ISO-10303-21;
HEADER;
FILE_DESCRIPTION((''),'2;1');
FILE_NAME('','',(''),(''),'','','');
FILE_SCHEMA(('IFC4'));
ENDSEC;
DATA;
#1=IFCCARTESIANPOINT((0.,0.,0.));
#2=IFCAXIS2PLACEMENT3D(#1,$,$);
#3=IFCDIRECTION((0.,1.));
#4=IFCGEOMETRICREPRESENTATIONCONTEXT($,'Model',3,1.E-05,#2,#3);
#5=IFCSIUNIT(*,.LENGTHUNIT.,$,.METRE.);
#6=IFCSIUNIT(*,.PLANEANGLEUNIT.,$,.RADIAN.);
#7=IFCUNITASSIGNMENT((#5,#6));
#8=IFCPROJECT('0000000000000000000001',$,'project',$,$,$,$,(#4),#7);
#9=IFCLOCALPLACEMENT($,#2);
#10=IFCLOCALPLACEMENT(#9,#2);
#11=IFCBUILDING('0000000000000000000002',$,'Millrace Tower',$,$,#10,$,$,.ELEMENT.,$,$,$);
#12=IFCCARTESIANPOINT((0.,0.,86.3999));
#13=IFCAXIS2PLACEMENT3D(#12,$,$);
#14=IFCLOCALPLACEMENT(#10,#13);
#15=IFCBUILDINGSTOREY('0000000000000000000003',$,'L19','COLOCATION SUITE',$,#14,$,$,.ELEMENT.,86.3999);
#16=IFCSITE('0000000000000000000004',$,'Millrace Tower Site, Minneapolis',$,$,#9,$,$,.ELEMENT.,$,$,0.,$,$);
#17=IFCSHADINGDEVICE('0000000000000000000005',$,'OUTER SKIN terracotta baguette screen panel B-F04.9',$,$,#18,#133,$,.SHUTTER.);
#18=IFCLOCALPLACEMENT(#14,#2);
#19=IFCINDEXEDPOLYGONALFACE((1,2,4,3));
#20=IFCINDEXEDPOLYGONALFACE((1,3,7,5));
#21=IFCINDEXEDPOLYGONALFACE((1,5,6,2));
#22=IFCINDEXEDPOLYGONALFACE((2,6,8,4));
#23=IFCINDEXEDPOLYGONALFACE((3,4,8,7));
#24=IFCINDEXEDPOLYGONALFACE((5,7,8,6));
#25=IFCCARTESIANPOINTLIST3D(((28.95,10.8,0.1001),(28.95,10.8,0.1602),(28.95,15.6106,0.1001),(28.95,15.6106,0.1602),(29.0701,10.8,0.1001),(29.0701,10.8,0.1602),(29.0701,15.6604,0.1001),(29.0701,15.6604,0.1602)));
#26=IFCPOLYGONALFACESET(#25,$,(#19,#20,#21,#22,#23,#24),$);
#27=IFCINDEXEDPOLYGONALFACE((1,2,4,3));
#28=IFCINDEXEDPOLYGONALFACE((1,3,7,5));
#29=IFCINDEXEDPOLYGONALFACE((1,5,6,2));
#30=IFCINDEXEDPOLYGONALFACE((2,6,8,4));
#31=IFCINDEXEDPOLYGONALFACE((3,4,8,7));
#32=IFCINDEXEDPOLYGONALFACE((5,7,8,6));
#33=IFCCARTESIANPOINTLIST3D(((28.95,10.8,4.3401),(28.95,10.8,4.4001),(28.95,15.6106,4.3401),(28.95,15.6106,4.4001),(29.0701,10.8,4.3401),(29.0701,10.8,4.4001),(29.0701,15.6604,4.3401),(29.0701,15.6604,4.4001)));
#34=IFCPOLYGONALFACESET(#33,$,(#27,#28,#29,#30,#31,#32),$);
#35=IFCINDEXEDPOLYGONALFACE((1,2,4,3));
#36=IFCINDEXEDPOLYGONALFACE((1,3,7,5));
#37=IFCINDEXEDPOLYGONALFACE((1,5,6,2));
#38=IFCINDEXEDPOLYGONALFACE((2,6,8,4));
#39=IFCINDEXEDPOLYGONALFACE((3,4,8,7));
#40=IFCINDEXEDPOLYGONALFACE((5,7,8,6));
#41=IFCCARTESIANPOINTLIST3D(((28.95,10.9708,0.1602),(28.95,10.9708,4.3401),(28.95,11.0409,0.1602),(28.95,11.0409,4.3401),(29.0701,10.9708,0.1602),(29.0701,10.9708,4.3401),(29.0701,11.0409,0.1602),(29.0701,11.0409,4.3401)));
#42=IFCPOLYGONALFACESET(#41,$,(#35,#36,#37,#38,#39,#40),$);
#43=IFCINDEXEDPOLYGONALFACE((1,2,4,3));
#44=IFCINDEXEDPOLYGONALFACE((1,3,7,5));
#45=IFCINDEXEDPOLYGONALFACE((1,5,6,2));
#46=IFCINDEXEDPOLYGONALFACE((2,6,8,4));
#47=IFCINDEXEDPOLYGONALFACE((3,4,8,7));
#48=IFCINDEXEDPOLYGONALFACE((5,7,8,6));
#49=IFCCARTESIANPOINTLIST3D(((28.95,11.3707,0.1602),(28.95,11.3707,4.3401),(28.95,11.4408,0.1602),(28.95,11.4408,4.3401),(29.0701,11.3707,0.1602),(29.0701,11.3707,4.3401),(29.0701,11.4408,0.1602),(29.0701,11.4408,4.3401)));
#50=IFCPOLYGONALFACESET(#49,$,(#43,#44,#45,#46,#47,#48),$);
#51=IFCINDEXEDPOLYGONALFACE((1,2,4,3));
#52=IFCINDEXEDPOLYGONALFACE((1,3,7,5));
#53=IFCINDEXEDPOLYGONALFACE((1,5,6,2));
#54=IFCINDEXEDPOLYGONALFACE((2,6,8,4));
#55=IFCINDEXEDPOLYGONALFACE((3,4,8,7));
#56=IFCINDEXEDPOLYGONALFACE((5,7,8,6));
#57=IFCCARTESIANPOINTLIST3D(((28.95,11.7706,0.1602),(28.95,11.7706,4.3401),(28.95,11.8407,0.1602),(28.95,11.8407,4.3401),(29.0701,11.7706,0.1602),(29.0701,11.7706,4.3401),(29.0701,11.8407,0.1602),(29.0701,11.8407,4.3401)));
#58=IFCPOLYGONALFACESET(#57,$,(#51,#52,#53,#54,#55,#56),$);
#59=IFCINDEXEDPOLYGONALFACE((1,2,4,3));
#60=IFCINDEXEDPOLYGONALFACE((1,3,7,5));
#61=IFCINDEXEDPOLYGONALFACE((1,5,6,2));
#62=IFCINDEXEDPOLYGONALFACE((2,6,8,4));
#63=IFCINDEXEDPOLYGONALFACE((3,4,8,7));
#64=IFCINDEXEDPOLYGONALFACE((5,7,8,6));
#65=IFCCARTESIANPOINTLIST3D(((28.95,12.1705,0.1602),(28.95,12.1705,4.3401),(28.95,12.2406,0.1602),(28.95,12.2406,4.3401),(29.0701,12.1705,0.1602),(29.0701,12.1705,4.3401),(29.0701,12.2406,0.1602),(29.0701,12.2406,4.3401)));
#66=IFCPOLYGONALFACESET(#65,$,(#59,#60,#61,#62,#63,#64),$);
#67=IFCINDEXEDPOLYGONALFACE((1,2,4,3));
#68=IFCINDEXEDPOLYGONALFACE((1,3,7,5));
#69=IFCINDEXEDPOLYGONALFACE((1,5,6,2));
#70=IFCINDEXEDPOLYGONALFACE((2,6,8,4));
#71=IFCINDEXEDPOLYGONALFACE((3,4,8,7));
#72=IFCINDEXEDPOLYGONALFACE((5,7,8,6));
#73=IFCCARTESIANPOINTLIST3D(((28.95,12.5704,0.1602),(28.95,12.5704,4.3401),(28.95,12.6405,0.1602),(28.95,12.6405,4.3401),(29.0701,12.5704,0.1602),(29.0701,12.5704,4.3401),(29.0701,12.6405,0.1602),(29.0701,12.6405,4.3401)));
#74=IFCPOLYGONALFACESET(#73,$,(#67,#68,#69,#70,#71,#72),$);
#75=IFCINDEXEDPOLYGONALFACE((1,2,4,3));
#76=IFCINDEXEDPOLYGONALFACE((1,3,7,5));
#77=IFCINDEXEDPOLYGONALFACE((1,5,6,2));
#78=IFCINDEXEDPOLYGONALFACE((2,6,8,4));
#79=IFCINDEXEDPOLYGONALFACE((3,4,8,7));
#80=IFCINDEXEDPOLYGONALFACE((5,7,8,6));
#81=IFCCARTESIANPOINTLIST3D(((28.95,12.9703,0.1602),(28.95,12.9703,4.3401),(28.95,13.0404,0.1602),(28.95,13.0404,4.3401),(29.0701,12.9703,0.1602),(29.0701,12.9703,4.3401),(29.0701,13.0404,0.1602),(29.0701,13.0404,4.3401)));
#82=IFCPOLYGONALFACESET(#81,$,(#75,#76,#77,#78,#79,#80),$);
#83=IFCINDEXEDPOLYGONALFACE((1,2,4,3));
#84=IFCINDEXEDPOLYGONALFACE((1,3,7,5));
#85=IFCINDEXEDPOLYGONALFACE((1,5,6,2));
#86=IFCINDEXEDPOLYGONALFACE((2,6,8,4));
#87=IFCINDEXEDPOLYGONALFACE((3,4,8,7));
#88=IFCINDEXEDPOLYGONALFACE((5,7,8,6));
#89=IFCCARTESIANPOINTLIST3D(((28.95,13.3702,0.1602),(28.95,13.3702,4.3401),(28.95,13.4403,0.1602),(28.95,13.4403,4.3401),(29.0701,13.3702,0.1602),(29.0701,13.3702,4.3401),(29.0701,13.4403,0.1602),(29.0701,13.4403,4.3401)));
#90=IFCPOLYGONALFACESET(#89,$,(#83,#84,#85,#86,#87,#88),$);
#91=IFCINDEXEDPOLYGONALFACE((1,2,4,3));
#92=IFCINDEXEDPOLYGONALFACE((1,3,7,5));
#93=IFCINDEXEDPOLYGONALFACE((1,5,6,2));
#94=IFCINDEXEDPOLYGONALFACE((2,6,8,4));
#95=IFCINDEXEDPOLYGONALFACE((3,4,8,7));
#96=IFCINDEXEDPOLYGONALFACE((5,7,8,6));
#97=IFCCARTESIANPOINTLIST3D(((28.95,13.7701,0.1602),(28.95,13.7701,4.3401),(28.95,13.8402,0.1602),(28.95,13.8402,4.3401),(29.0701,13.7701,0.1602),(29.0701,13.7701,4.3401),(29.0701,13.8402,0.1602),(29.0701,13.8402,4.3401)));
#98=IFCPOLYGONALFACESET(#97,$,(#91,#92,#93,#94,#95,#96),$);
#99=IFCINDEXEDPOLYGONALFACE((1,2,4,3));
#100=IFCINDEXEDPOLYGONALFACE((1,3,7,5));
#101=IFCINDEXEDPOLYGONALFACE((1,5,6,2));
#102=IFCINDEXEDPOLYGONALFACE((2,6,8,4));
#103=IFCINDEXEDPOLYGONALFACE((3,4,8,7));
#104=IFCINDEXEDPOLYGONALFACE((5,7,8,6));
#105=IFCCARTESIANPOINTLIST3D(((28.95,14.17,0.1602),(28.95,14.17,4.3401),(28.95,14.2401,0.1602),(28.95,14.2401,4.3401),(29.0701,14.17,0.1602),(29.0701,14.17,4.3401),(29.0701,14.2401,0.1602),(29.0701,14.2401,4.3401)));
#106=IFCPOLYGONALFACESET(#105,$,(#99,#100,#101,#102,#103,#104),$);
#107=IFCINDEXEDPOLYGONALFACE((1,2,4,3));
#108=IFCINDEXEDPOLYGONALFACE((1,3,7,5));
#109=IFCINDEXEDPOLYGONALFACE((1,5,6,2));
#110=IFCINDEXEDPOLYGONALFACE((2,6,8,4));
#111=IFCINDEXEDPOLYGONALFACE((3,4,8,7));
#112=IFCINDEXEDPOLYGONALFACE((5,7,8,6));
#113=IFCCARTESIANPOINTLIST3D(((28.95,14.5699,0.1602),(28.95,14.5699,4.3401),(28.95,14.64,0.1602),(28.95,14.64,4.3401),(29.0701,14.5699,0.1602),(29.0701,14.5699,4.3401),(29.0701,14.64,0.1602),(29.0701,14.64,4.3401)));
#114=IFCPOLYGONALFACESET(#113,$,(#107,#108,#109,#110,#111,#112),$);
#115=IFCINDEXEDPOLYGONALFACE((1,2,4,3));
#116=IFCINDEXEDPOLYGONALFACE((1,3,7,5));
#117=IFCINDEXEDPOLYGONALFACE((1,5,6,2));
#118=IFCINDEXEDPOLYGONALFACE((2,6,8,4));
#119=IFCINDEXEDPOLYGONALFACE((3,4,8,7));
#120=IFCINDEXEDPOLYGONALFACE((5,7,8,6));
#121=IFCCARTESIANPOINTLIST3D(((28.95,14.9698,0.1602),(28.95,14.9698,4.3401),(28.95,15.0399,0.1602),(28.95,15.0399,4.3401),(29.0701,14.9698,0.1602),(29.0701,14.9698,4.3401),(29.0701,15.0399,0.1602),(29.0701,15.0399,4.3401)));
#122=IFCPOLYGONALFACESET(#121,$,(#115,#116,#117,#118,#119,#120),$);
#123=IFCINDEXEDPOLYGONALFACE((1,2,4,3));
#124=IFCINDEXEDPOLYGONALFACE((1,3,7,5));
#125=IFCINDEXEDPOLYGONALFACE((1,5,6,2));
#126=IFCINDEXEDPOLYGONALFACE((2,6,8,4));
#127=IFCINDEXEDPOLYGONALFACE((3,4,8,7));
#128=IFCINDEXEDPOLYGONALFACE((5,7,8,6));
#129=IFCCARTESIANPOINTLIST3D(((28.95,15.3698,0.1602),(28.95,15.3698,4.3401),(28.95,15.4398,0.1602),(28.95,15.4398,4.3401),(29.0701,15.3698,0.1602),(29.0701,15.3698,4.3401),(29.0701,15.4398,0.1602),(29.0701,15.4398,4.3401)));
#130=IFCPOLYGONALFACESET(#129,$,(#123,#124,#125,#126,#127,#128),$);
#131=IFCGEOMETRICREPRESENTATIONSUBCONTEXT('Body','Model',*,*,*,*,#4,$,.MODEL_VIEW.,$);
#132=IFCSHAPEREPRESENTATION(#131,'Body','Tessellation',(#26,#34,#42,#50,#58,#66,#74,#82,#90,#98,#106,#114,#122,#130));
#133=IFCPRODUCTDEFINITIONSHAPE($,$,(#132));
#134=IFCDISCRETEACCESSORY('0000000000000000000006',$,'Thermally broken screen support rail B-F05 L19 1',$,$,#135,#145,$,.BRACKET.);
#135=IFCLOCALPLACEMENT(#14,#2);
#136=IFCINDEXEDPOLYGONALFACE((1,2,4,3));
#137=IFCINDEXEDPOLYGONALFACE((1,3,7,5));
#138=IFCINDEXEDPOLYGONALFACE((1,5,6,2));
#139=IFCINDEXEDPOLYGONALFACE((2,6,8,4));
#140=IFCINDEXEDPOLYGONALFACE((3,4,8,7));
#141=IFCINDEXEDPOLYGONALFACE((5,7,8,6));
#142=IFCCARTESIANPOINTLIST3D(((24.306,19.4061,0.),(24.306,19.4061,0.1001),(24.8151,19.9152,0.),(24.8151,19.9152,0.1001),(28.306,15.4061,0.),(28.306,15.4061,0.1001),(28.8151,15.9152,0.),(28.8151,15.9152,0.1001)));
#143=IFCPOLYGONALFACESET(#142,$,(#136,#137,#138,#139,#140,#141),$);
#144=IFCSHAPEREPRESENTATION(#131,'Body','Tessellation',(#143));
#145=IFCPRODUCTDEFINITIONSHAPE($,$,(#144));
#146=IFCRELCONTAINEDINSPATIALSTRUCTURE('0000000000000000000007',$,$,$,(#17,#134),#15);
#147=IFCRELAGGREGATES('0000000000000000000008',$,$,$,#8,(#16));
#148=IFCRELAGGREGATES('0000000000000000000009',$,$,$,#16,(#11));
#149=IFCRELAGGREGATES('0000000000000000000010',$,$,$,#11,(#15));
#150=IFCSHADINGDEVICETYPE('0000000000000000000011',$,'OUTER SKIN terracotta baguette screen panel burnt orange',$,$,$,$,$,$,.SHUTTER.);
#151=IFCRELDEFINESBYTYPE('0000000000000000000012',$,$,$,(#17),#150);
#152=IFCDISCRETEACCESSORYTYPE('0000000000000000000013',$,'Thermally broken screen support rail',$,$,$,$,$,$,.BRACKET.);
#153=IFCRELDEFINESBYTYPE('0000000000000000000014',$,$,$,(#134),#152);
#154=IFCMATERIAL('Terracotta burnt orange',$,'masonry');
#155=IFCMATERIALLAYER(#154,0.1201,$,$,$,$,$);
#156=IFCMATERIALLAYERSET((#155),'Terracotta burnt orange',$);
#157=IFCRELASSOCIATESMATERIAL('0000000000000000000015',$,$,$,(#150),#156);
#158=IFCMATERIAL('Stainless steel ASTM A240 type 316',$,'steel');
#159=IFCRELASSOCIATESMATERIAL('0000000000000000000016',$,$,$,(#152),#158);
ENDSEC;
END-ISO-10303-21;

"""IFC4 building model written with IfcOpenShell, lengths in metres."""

from ifc_helpers import new_model, entity, si_unit, direction, frame, frame_2d, origin, origin_2d, place, context, subcontext, project, spatial, rectangle, extrude, source, transform, mapped, material, layer, layer_set, type_object, element, save


model = new_model("IFC4")

# Units and contexts
model_context = context("Model", 3, precision=1e-05, world=origin(), true_north=direction((0.0, 1.0)))
body_context = subcontext(model_context, "Body", "Model", "MODEL_VIEW")
ifc_project = project(units=[si_unit("LENGTHUNIT", "METRE"), si_unit("PLANEANGLEUNIT", "RADIAN")], contexts=[model_context])

# Site, building, storey
site_placement = place(None, origin())
site = spatial("IfcSite", under=ifc_project, at=site_placement, Name="Millrace Tower Site, Minneapolis", CompositionType="ELEMENT", RefElevation=0.0)
building_placement = place(site_placement, origin())
building = spatial("IfcBuilding", under=site, at=building_placement, Name="Millrace Tower", CompositionType="ELEMENT")
storey_placement = place(building_placement, frame((0.0, 0.0, 86.3999)))
storey = spatial("IfcBuildingStorey", under=building, at=storey_placement, Name="L19", Description="COLOCATION SUITE", CompositionType="ELEMENT", Elevation=86.3999)

# Shading device
ifc_material_1 = material(Name="Terracotta burnt orange", Category="masonry")
ifc_layer_1 = layer(ifc_material_1, 0.1201)
ifc_layer_set_1 = layer_set([ifc_layer_1], Name="Terracotta burnt orange")
shading_device_type = type_object("IfcShadingDeviceType", Name="OUTER SKIN terracotta baguette screen panel burnt orange", PredefinedType="SHUTTER", material=ifc_layer_set_1)
cartesian_point_1 = entity("IfcCartesianPoint", [-2.4177, 0.0601])
shared_polyline_1 = entity("IfcPolyline", [cartesian_point_1, entity("IfcCartesianPoint", [2.3928, 0.0601]), entity("IfcCartesianPoint", [2.4426, -0.0601]), entity("IfcCartesianPoint", [-2.4177, -0.0601]), cartesian_point_1])
shared_shape_1 = source(origin(), body_context, "Body", "SweptSolid", [
    entity("IfcExtrudedAreaSolid", entity("IfcArbitraryClosedProfileDef", "AREA", None, shared_polyline_1), entity("IfcAxis2Placement3D", entity("IfcCartesianPoint", [0.0, 0.0, 0.0])), entity("IfcDirection", [0.0, 0.0, 1.0]), 0.0601),
    entity("IfcExtrudedAreaSolid", entity("IfcArbitraryClosedProfileDef", "AREA", None, shared_polyline_1), entity("IfcAxis2Placement3D", entity("IfcCartesianPoint", [0.0, 0.0, 4.24])), entity("IfcDirection", [0.0, 0.0, 1.0]), 0.0601),
    extrude(rectangle(XDim=0.0701, YDim=0.1201, at=frame_2d((-2.2119, 0.0))), frame((0.0, 0.0, 0.0601)), (0.0, 0.0, 1.0), 4.1799),
    extrude(rectangle(XDim=0.0701, YDim=0.1201, at=frame_2d((-1.812, 0.0))), frame((0.0, 0.0, 0.0601)), (0.0, 0.0, 1.0), 4.1799),
    extrude(rectangle(XDim=0.0701, YDim=0.1201, at=frame_2d((-1.4121, 0.0))), frame((0.0, 0.0, 0.0601)), (0.0, 0.0, 1.0), 4.1799),
    extrude(rectangle(XDim=0.0701, YDim=0.1201, at=frame_2d((-1.0122, 0.0))), frame((0.0, 0.0, 0.0601)), (0.0, 0.0, 1.0), 4.1799),
    extrude(rectangle(XDim=0.0701, YDim=0.1201, at=frame_2d((-0.6123, 0.0))), frame((0.0, 0.0, 0.0601)), (0.0, 0.0, 1.0), 4.1799),
    extrude(rectangle(XDim=0.0701, YDim=0.1201, at=frame_2d((-0.2124, 0.0))), frame((0.0, 0.0, 0.0601)), (0.0, 0.0, 1.0), 4.1799),
    extrude(rectangle(XDim=0.0701, YDim=0.1201, at=frame_2d((0.1875, 0.0))), frame((0.0, 0.0, 0.0601)), (0.0, 0.0, 1.0), 4.1799),
    extrude(rectangle(XDim=0.0701, YDim=0.1201, at=frame_2d((0.5874, 0.0))), frame((0.0, 0.0, 0.0601)), (0.0, 0.0, 1.0), 4.1799),
    extrude(rectangle(XDim=0.0701, YDim=0.1201, at=frame_2d((0.9873, 0.0))), frame((0.0, 0.0, 0.0601)), (0.0, 0.0, 1.0), 4.1799),
    extrude(rectangle(XDim=0.0701, YDim=0.1201, at=frame_2d((1.3872, 0.0))), frame((0.0, 0.0, 0.0601)), (0.0, 0.0, 1.0), 4.1799),
    extrude(rectangle(XDim=0.0701, YDim=0.1201, at=frame_2d((1.7871, 0.0))), frame((0.0, 0.0, 0.0601)), (0.0, 0.0, 1.0), 4.1799),
    extrude(rectangle(XDim=0.0701, YDim=0.1201, at=frame_2d((2.187, 0.0))), frame((0.0, 0.0, 0.0601)), (0.0, 0.0, 1.0), 4.1799),
])
shading_device_1_placement = place(storey_placement, frame((29.01, 13.2178, 0.1001), z_axis=(0.0, 0.0, 1.0), x_axis=(0.0, 1.0, 0.0)))
element("IfcShadingDevice", 1, at=shading_device_1_placement, inside=storey, type_object=shading_device_type, Name="OUTER SKIN terracotta baguette screen panel B-F04.9", PredefinedType="SHUTTER", context=body_context, shape_type="MappedRepresentation", body=[
    mapped(shared_shape_1, transform((0.0, 0.0, 0.0), scale=1.0)),
])

# Discrete accessory
ifc_material_2 = material(Name="Stainless steel ASTM A240 type 316", Category="steel")
discrete_accessory_type = type_object("IfcDiscreteAccessoryType", Name="Thermally broken screen support rail", PredefinedType="BRACKET", material=ifc_material_2)
discrete_accessory_placement = place(storey_placement, frame((26.5605, 17.6606, 0.0), z_axis=(0.0, 0.0, 1.0), x_axis=(-0.707107, 0.707107, 0.0)))
element("IfcDiscreteAccessory", 2, at=discrete_accessory_placement, inside=storey, type_object=discrete_accessory_type, Name="Thermally broken screen support rail B-F05 L19 1", PredefinedType="BRACKET", context=body_context, shape_type="SweptSolid", body=[
    extrude(rectangle(XDim=5.6567, YDim=0.72, at=origin_2d()), origin(), (0.0, 0.0, 1.0), 0.1001),
])

save(model, "model.ifc")
